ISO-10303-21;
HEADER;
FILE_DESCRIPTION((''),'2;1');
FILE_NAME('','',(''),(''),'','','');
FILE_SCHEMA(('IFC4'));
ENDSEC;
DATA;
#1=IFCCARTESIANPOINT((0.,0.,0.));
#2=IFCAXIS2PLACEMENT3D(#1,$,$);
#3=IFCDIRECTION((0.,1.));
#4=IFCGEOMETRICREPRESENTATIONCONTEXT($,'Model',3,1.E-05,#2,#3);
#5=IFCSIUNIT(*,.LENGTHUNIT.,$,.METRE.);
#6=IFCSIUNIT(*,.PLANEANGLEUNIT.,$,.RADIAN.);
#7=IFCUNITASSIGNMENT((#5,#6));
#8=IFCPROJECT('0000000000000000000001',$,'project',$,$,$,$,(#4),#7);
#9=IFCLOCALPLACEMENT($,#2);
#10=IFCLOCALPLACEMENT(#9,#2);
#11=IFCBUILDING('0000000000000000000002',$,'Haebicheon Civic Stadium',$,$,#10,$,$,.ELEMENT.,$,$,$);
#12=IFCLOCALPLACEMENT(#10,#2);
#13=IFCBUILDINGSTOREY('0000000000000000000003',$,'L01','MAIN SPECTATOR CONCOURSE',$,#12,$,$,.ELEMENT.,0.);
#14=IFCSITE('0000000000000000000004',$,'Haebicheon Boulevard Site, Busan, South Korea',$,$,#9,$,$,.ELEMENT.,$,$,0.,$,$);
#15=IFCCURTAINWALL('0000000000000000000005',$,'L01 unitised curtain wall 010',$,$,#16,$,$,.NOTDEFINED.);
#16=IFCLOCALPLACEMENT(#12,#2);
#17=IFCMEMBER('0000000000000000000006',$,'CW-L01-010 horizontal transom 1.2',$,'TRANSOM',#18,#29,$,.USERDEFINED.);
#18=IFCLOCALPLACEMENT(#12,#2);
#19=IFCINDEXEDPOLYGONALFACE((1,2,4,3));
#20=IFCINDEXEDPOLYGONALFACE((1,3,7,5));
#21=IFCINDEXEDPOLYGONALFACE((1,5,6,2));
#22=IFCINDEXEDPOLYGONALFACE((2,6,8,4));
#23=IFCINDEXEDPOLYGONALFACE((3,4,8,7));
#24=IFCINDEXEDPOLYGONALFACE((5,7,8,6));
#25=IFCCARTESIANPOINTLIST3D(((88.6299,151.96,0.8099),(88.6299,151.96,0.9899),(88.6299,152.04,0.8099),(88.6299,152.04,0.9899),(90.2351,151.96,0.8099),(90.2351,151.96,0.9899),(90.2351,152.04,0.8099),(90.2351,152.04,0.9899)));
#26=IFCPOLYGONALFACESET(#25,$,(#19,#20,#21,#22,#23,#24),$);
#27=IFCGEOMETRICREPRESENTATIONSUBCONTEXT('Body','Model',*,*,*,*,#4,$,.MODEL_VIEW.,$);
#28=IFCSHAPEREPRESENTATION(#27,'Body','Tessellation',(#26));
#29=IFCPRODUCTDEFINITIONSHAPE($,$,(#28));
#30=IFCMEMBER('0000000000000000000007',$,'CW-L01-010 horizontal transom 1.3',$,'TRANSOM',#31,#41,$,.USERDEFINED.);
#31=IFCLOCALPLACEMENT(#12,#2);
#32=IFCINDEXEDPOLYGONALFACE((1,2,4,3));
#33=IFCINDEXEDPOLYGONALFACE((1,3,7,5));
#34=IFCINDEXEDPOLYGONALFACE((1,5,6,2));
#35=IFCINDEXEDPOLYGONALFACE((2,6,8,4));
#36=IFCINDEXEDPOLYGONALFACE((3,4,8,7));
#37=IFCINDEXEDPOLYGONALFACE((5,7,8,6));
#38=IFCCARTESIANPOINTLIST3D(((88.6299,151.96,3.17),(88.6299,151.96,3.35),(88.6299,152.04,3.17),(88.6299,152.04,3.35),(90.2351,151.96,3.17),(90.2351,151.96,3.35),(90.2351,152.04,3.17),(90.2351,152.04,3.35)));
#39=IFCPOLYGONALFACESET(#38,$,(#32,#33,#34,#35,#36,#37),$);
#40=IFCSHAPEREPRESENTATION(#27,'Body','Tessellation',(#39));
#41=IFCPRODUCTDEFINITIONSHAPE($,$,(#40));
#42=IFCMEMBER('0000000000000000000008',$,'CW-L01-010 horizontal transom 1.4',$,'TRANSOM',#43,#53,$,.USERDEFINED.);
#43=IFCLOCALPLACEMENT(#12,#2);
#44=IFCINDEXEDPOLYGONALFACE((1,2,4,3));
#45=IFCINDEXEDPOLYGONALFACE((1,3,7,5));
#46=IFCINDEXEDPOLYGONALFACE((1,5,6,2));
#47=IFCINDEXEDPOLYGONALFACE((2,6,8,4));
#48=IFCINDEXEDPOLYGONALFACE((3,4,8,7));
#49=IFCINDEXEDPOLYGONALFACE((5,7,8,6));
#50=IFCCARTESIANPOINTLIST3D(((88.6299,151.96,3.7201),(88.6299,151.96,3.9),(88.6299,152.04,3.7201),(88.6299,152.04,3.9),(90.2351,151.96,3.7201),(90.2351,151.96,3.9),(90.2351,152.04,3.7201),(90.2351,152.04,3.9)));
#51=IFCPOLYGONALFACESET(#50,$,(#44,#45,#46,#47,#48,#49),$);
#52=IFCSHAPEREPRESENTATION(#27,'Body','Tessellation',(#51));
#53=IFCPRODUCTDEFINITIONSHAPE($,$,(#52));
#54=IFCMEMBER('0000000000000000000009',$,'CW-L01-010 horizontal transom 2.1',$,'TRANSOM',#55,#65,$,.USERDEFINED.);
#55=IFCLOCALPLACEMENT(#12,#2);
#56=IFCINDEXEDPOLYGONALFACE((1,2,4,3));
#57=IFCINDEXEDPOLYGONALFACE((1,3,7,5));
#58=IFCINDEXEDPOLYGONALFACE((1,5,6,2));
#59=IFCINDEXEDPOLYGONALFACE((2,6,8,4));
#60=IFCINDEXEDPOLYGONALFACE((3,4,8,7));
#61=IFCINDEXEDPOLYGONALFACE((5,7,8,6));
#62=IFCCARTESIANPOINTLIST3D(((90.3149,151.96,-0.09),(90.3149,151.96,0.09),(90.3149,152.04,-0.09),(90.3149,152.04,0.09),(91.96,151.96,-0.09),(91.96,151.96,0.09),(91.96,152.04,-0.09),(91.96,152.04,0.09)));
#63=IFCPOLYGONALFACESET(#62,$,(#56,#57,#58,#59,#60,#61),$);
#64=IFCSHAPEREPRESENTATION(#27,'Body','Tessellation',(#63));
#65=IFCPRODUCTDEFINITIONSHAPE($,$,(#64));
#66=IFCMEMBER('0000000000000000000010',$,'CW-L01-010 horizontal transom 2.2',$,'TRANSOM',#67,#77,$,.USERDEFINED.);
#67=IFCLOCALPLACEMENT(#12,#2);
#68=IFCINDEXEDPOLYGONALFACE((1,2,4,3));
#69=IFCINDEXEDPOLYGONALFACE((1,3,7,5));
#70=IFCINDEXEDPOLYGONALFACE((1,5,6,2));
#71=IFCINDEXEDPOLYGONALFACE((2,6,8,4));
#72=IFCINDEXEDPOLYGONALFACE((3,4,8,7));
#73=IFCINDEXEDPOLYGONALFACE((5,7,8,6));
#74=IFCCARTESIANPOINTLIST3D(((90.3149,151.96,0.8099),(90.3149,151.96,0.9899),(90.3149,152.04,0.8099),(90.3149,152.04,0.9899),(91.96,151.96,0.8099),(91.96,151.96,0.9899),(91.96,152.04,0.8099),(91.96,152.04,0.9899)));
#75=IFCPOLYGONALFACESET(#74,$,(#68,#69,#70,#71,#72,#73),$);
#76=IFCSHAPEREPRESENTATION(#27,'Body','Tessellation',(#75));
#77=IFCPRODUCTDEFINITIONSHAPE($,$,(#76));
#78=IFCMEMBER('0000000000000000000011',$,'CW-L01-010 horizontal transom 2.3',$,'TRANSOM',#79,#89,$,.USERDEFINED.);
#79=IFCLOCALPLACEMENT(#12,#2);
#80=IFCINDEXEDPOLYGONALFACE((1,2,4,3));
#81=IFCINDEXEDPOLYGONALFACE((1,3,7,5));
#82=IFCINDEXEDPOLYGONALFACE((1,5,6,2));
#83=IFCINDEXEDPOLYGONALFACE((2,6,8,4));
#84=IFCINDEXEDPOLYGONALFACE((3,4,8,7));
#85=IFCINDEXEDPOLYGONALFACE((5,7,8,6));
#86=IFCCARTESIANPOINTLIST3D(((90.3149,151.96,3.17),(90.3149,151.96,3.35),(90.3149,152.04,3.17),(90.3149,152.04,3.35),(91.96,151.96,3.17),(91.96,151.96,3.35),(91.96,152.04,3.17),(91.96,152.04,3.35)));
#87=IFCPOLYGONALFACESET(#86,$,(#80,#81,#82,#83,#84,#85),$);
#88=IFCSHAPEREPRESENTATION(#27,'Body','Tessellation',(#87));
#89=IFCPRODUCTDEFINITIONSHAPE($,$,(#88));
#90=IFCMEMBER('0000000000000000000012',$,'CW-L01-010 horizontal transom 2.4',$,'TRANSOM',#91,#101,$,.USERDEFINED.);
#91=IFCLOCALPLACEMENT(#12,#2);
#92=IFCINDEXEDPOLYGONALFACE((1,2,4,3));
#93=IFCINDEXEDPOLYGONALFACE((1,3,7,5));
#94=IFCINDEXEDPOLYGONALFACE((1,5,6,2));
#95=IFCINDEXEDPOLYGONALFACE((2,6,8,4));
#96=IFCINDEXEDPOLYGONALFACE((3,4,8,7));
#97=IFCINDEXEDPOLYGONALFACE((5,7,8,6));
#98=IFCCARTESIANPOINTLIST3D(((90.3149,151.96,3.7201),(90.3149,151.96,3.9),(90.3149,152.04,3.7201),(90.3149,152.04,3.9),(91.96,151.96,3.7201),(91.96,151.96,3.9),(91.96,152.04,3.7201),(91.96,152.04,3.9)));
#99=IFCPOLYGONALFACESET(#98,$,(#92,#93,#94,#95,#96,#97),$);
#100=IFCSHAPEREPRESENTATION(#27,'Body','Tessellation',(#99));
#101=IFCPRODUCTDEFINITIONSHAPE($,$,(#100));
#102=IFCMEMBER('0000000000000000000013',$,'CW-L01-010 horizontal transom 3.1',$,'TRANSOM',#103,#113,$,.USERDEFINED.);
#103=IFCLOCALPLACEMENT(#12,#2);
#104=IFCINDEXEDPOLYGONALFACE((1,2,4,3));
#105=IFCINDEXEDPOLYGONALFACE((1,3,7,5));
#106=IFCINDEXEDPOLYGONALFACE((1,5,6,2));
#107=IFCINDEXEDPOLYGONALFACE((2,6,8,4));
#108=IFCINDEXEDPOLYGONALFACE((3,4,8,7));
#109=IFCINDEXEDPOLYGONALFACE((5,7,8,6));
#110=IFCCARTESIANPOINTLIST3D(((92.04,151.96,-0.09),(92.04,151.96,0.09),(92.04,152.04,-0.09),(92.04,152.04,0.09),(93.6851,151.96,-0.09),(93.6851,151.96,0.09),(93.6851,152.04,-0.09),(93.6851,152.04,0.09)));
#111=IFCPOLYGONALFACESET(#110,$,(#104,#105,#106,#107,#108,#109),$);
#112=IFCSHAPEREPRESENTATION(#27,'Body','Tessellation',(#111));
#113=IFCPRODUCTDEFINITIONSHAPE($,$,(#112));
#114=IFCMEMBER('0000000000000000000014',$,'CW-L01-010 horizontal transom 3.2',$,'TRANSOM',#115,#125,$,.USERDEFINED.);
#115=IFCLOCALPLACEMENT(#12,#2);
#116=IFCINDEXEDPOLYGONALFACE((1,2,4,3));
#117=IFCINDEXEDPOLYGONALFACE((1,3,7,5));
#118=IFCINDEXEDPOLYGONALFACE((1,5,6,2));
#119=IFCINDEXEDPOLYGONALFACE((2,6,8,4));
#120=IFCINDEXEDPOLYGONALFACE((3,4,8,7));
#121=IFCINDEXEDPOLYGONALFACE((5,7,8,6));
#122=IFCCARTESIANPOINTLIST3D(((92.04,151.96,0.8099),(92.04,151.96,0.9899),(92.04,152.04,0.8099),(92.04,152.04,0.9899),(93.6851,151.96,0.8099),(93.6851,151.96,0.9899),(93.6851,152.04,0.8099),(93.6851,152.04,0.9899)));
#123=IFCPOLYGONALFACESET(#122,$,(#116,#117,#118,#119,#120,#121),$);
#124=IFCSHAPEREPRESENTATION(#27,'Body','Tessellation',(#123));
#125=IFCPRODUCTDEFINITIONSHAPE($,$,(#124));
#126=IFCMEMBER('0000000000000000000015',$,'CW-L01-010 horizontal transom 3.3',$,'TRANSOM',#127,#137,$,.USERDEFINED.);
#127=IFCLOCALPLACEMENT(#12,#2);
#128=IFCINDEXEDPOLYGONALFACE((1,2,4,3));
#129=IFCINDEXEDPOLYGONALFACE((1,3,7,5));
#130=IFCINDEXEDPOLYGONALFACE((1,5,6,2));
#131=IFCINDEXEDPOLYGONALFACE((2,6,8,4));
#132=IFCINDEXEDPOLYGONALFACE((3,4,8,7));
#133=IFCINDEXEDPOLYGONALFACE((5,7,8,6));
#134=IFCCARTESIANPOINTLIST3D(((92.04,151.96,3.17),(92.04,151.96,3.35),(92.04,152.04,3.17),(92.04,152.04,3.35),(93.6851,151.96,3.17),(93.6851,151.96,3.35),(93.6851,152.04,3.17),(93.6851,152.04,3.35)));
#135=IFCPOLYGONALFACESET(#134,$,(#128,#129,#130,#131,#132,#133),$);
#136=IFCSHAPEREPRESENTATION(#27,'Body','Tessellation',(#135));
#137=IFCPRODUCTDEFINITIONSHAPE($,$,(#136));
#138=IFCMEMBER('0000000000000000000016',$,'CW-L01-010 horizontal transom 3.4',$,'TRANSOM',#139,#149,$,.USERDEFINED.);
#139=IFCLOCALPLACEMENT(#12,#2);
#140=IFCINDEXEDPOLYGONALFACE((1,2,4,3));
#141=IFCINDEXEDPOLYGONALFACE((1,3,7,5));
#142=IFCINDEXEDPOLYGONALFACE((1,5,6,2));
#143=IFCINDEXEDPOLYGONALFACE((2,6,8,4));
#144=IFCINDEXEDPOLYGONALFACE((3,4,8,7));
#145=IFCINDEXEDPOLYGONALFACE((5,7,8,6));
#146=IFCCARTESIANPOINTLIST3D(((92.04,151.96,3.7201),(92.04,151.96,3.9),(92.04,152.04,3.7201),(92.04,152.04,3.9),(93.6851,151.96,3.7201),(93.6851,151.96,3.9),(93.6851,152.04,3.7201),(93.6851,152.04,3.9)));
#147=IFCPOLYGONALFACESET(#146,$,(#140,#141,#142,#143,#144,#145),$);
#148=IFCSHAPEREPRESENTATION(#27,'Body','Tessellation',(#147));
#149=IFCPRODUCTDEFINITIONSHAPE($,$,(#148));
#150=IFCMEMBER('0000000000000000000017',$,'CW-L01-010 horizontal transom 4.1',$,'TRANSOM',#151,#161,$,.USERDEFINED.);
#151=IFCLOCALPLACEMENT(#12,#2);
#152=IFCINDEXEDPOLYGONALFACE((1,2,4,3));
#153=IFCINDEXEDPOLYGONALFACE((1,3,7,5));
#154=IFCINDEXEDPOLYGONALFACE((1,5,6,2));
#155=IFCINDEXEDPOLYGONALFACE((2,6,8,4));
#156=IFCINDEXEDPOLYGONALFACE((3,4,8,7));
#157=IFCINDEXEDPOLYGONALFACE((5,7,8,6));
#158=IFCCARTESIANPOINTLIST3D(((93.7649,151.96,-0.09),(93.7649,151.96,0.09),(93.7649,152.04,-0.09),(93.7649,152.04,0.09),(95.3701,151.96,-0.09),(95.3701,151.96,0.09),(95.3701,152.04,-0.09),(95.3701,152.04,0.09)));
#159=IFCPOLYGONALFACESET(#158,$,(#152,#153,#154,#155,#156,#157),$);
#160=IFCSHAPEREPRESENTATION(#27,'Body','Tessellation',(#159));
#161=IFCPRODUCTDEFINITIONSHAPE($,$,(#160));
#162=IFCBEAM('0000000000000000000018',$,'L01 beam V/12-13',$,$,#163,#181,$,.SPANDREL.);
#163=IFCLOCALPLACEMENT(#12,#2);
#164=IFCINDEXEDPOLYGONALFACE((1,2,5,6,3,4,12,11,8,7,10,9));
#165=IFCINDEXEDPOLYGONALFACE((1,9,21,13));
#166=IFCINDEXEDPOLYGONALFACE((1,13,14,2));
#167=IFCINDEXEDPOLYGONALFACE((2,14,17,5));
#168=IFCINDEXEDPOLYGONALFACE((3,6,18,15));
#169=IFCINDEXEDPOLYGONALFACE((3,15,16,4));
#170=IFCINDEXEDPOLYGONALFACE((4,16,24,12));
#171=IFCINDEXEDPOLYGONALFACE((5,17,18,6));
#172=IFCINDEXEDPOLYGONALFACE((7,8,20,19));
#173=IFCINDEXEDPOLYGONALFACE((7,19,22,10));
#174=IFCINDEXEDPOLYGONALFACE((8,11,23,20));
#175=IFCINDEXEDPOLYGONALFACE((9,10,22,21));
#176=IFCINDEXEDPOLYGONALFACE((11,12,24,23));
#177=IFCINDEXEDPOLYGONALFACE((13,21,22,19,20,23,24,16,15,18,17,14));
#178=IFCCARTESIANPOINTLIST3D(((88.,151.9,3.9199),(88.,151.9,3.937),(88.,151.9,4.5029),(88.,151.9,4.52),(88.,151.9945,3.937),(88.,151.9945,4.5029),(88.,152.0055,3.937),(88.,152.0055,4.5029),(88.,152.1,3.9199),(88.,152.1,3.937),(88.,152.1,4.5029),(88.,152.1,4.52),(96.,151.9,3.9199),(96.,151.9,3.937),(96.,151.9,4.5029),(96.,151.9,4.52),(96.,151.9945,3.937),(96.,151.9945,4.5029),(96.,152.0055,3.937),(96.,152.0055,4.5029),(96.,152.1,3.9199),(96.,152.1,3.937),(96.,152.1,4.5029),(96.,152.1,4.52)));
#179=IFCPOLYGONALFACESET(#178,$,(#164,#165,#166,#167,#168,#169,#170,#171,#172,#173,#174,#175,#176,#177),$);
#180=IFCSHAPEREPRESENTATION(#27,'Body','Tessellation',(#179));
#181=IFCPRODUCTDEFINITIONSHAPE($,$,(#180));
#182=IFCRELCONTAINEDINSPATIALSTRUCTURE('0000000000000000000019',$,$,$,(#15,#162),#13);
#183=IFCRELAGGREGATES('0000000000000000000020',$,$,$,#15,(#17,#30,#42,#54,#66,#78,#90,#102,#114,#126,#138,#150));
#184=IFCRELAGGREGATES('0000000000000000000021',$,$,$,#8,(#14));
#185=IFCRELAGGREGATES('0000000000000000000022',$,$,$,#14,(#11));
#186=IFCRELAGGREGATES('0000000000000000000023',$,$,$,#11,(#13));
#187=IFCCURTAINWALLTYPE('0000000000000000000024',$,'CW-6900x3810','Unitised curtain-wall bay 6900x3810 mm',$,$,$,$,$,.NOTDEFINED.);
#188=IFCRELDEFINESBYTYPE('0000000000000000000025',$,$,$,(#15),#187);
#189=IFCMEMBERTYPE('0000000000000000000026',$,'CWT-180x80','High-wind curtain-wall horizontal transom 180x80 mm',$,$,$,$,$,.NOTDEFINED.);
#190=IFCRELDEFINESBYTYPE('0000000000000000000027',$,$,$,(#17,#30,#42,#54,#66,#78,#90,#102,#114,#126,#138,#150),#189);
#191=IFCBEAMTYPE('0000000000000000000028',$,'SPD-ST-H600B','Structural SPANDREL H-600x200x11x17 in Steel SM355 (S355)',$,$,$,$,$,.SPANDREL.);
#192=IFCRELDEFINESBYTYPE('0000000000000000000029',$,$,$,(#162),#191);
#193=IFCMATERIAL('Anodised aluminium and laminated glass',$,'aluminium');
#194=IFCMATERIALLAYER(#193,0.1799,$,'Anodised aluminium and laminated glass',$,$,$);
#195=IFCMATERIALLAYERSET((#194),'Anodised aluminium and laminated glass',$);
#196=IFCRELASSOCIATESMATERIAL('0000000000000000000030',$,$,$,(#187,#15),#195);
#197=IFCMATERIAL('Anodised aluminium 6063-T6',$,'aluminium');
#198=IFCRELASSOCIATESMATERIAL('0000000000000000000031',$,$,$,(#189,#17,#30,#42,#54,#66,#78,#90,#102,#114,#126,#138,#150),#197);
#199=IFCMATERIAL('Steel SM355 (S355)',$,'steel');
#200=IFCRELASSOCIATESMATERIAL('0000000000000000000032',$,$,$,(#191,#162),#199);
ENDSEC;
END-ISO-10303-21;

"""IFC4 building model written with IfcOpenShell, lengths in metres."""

from ifc_helpers import new_model, si_unit, direction, frame, origin, origin_2d, place, context, subcontext, project, spatial, rectangle, i_section, extrude, material, layer, layer_set, material_profile, profile_set, type_object, element, aggregate, save


model = new_model("IFC4")

# Units and contexts
model_context = context("Model", 3, precision=1e-05, world=origin(), true_north=direction((0.0, 1.0)))
body_context = subcontext(model_context, "Body", "Model", "MODEL_VIEW")
ifc_project = project(units=[si_unit("LENGTHUNIT", "METRE"), si_unit("PLANEANGLEUNIT", "RADIAN")], contexts=[model_context])

# Site, building, storey
site_placement = place(None, origin())
site = spatial("IfcSite", under=ifc_project, at=site_placement, Name="Haebicheon Boulevard Site, Busan, South Korea", CompositionType="ELEMENT", RefElevation=0.0)
building_placement = place(site_placement, origin())
building = spatial("IfcBuilding", under=site, at=building_placement, Name="Haebicheon Civic Stadium", CompositionType="ELEMENT")
storey_placement = place(building_placement, origin())
storey = spatial("IfcBuildingStorey", under=building, at=storey_placement, Name="L01", Description="MAIN SPECTATOR CONCOURSE", CompositionType="ELEMENT", Elevation=0.0)

# Curtain wall, members
ifc_material_1 = material(Name="Anodised aluminium and laminated glass", Category="aluminium")
ifc_layer_1 = layer(ifc_material_1, 0.1799, Name="Anodised aluminium and laminated glass")
ifc_layer_set_1 = layer_set([ifc_layer_1], Name="Anodised aluminium and laminated glass")
curtain_wall_type = type_object("IfcCurtainWallType", Name="CW-6900x3810", Description="Unitised curtain-wall bay 6900x3810 mm", PredefinedType="NOTDEFINED", material=ifc_layer_set_1)
curtain_wall_placement = place(storey_placement, origin())
curtain_wall = element("IfcCurtainWall", 1, at=curtain_wall_placement, inside=storey, type_object=curtain_wall_type, material=ifc_layer_set_1, Name="L01 unitised curtain wall 010", PredefinedType="NOTDEFINED")
ifc_material_2 = material(Name="Anodised aluminium 6063-T6", Category="aluminium")
ifc_material_profile_1 = material_profile(ifc_material_2, rectangle(XDim=0.0801, YDim=0.1799, at=origin_2d()), Name="ALU-TRAN-80x180")
ifc_profile_set_1 = profile_set([ifc_material_profile_1], Name="Anodised aluminium 6063-T6")
member_type_1 = type_object("IfcMemberType", Name="CWT-180x80", Description="High-wind curtain-wall horizontal transom 180x80 mm", PredefinedType="NOTDEFINED", material=ifc_profile_set_1)
member_1_placement = place(storey_placement, frame((88.6299, 152.0, 0.8999), z_axis=(1.0, 0.0, 0.0), x_axis=(0.0, 1.0, 0.0)))
member_1 = element("IfcMember", 2, at=member_1_placement, type_object=member_type_1, material=ifc_profile_set_1, Name="CW-L01-010 horizontal transom 1.2", ObjectType="TRANSOM", PredefinedType="USERDEFINED", context=body_context, shape_type="SweptSolid", body=[
    extrude(rectangle(XDim=0.0801, YDim=0.1799, at=origin_2d()), origin(), (0.0, 0.0, 1.0), 1.6052),
])
member_2_placement = place(storey_placement, frame((88.6299, 152.0, 3.26), z_axis=(1.0, 0.0, 0.0), x_axis=(0.0, 1.0, 0.0)))
member_2 = element("IfcMember", 3, at=member_2_placement, type_object=member_type_1, material=ifc_profile_set_1, Name="CW-L01-010 horizontal transom 1.3", ObjectType="TRANSOM", PredefinedType="USERDEFINED", context=body_context, shape_type="SweptSolid", body=[
    extrude(rectangle(XDim=0.0801, YDim=0.1799, at=origin_2d()), origin(), (0.0, 0.0, 1.0), 1.6052),
])
member_3_placement = place(storey_placement, frame((88.6299, 152.0, 3.8101), z_axis=(1.0, 0.0, 0.0), x_axis=(0.0, 1.0, 0.0)))
member_3 = element("IfcMember", 4, at=member_3_placement, type_object=member_type_1, material=ifc_profile_set_1, Name="CW-L01-010 horizontal transom 1.4", ObjectType="TRANSOM", PredefinedType="USERDEFINED", context=body_context, shape_type="SweptSolid", body=[
    extrude(rectangle(XDim=0.0801, YDim=0.1799, at=origin_2d()), origin(), (0.0, 0.0, 1.0), 1.6052),
])
member_4_placement = place(storey_placement, frame((90.3149, 152.0, 0.0), z_axis=(1.0, 0.0, 0.0), x_axis=(0.0, 1.0, 0.0)))
member_4 = element("IfcMember", 5, at=member_4_placement, type_object=member_type_1, material=ifc_profile_set_1, Name="CW-L01-010 horizontal transom 2.1", ObjectType="TRANSOM", PredefinedType="USERDEFINED", context=body_context, shape_type="SweptSolid", body=[
    extrude(rectangle(XDim=0.0801, YDim=0.1799, at=origin_2d()), origin(), (0.0, 0.0, 1.0), 1.645),
])
member_5_placement = place(storey_placement, frame((90.3149, 152.0, 0.8999), z_axis=(1.0, 0.0, 0.0), x_axis=(0.0, 1.0, 0.0)))
member_5 = element("IfcMember", 6, at=member_5_placement, type_object=member_type_1, material=ifc_profile_set_1, Name="CW-L01-010 horizontal transom 2.2", ObjectType="TRANSOM", PredefinedType="USERDEFINED", context=body_context, shape_type="SweptSolid", body=[
    extrude(rectangle(XDim=0.0801, YDim=0.1799, at=origin_2d()), origin(), (0.0, 0.0, 1.0), 1.645),
])
member_6_placement = place(storey_placement, frame((90.3149, 152.0, 3.26), z_axis=(1.0, 0.0, 0.0), x_axis=(0.0, 1.0, 0.0)))
member_6 = element("IfcMember", 7, at=member_6_placement, type_object=member_type_1, material=ifc_profile_set_1, Name="CW-L01-010 horizontal transom 2.3", ObjectType="TRANSOM", PredefinedType="USERDEFINED", context=body_context, shape_type="SweptSolid", body=[
    extrude(rectangle(XDim=0.0801, YDim=0.1799, at=origin_2d()), origin(), (0.0, 0.0, 1.0), 1.645),
])
member_7_placement = place(storey_placement, frame((90.3149, 152.0, 3.8101), z_axis=(1.0, 0.0, 0.0), x_axis=(0.0, 1.0, 0.0)))
member_7 = element("IfcMember", 8, at=member_7_placement, type_object=member_type_1, material=ifc_profile_set_1, Name="CW-L01-010 horizontal transom 2.4", ObjectType="TRANSOM", PredefinedType="USERDEFINED", context=body_context, shape_type="SweptSolid", body=[
    extrude(rectangle(XDim=0.0801, YDim=0.1799, at=origin_2d()), origin(), (0.0, 0.0, 1.0), 1.645),
])
member_8_placement = place(storey_placement, frame((92.04, 152.0, 0.0), z_axis=(1.0, 0.0, 0.0), x_axis=(0.0, 1.0, 0.0)))
member_8 = element("IfcMember", 9, at=member_8_placement, type_object=member_type_1, material=ifc_profile_set_1, Name="CW-L01-010 horizontal transom 3.1", ObjectType="TRANSOM", PredefinedType="USERDEFINED", context=body_context, shape_type="SweptSolid", body=[
    extrude(rectangle(XDim=0.0801, YDim=0.1799, at=origin_2d()), origin(), (0.0, 0.0, 1.0), 1.645),
])
member_9_placement = place(storey_placement, frame((92.04, 152.0, 0.8999), z_axis=(1.0, 0.0, 0.0), x_axis=(0.0, 1.0, 0.0)))
member_9 = element("IfcMember", 10, at=member_9_placement, type_object=member_type_1, material=ifc_profile_set_1, Name="CW-L01-010 horizontal transom 3.2", ObjectType="TRANSOM", PredefinedType="USERDEFINED", context=body_context, shape_type="SweptSolid", body=[
    extrude(rectangle(XDim=0.0801, YDim=0.1799, at=origin_2d()), origin(), (0.0, 0.0, 1.0), 1.645),
])
member_10_placement = place(storey_placement, frame((92.04, 152.0, 3.26), z_axis=(1.0, 0.0, 0.0), x_axis=(0.0, 1.0, 0.0)))
member_10 = element("IfcMember", 11, at=member_10_placement, type_object=member_type_1, material=ifc_profile_set_1, Name="CW-L01-010 horizontal transom 3.3", ObjectType="TRANSOM", PredefinedType="USERDEFINED", context=body_context, shape_type="SweptSolid", body=[
    extrude(rectangle(XDim=0.0801, YDim=0.1799, at=origin_2d()), origin(), (0.0, 0.0, 1.0), 1.645),
])
member_11_placement = place(storey_placement, frame((92.04, 152.0, 3.8101), z_axis=(1.0, 0.0, 0.0), x_axis=(0.0, 1.0, 0.0)))
member_11 = element("IfcMember", 12, at=member_11_placement, type_object=member_type_1, material=ifc_profile_set_1, Name="CW-L01-010 horizontal transom 3.4", ObjectType="TRANSOM", PredefinedType="USERDEFINED", context=body_context, shape_type="SweptSolid", body=[
    extrude(rectangle(XDim=0.0801, YDim=0.1799, at=origin_2d()), origin(), (0.0, 0.0, 1.0), 1.645),
])
member_12_placement = place(storey_placement, frame((93.7649, 152.0, 0.0), z_axis=(1.0, 0.0, 0.0), x_axis=(0.0, 1.0, 0.0)))
member_12 = element("IfcMember", 13, at=member_12_placement, type_object=member_type_1, material=ifc_profile_set_1, Name="CW-L01-010 horizontal transom 4.1", ObjectType="TRANSOM", PredefinedType="USERDEFINED", context=body_context, shape_type="SweptSolid", body=[
    extrude(rectangle(XDim=0.0801, YDim=0.1799, at=origin_2d()), origin(), (0.0, 0.0, 1.0), 1.6052),
])

# Beam
ifc_material_3 = material(Name="Steel SM355 (S355)", Category="steel")
ifc_material_profile_2 = material_profile(ifc_material_3, i_section(OverallWidth=0.2, OverallDepth=0.6001, WebThickness=0.011, FlangeThickness=0.0171, at=origin_2d()), Name="H-600x200x11x17")
ifc_profile_set_2 = profile_set([ifc_material_profile_2], Name="Steel SM355 (S355)")
beam_type_1 = type_object("IfcBeamType", Name="SPD-ST-H600B", Description="Structural SPANDREL H-600x200x11x17 in Steel SM355 (S355)", PredefinedType="SPANDREL", material=ifc_profile_set_2)
beam_1_placement = place(storey_placement, frame((88.0, 152.0, 4.22), z_axis=(1.0, 0.0, 0.0), x_axis=(0.0, 1.0, 0.0)))
element("IfcBeam", 14, at=beam_1_placement, inside=storey, type_object=beam_type_1, material=ifc_profile_set_2, Name="L01 beam V/12-13", PredefinedType="SPANDREL", context=body_context, shape_type="SweptSolid", body=[
    extrude(i_section(OverallWidth=0.2, OverallDepth=0.6001, WebThickness=0.011, FlangeThickness=0.0171, at=origin_2d()), origin(), (0.0, 0.0, 1.0), 8.0),
])

aggregate(curtain_wall, [member_1, member_2, member_3, member_4, member_5, member_6, member_7, member_8, member_9, member_10, member_11, member_12])

save(model, "model.ifc")
